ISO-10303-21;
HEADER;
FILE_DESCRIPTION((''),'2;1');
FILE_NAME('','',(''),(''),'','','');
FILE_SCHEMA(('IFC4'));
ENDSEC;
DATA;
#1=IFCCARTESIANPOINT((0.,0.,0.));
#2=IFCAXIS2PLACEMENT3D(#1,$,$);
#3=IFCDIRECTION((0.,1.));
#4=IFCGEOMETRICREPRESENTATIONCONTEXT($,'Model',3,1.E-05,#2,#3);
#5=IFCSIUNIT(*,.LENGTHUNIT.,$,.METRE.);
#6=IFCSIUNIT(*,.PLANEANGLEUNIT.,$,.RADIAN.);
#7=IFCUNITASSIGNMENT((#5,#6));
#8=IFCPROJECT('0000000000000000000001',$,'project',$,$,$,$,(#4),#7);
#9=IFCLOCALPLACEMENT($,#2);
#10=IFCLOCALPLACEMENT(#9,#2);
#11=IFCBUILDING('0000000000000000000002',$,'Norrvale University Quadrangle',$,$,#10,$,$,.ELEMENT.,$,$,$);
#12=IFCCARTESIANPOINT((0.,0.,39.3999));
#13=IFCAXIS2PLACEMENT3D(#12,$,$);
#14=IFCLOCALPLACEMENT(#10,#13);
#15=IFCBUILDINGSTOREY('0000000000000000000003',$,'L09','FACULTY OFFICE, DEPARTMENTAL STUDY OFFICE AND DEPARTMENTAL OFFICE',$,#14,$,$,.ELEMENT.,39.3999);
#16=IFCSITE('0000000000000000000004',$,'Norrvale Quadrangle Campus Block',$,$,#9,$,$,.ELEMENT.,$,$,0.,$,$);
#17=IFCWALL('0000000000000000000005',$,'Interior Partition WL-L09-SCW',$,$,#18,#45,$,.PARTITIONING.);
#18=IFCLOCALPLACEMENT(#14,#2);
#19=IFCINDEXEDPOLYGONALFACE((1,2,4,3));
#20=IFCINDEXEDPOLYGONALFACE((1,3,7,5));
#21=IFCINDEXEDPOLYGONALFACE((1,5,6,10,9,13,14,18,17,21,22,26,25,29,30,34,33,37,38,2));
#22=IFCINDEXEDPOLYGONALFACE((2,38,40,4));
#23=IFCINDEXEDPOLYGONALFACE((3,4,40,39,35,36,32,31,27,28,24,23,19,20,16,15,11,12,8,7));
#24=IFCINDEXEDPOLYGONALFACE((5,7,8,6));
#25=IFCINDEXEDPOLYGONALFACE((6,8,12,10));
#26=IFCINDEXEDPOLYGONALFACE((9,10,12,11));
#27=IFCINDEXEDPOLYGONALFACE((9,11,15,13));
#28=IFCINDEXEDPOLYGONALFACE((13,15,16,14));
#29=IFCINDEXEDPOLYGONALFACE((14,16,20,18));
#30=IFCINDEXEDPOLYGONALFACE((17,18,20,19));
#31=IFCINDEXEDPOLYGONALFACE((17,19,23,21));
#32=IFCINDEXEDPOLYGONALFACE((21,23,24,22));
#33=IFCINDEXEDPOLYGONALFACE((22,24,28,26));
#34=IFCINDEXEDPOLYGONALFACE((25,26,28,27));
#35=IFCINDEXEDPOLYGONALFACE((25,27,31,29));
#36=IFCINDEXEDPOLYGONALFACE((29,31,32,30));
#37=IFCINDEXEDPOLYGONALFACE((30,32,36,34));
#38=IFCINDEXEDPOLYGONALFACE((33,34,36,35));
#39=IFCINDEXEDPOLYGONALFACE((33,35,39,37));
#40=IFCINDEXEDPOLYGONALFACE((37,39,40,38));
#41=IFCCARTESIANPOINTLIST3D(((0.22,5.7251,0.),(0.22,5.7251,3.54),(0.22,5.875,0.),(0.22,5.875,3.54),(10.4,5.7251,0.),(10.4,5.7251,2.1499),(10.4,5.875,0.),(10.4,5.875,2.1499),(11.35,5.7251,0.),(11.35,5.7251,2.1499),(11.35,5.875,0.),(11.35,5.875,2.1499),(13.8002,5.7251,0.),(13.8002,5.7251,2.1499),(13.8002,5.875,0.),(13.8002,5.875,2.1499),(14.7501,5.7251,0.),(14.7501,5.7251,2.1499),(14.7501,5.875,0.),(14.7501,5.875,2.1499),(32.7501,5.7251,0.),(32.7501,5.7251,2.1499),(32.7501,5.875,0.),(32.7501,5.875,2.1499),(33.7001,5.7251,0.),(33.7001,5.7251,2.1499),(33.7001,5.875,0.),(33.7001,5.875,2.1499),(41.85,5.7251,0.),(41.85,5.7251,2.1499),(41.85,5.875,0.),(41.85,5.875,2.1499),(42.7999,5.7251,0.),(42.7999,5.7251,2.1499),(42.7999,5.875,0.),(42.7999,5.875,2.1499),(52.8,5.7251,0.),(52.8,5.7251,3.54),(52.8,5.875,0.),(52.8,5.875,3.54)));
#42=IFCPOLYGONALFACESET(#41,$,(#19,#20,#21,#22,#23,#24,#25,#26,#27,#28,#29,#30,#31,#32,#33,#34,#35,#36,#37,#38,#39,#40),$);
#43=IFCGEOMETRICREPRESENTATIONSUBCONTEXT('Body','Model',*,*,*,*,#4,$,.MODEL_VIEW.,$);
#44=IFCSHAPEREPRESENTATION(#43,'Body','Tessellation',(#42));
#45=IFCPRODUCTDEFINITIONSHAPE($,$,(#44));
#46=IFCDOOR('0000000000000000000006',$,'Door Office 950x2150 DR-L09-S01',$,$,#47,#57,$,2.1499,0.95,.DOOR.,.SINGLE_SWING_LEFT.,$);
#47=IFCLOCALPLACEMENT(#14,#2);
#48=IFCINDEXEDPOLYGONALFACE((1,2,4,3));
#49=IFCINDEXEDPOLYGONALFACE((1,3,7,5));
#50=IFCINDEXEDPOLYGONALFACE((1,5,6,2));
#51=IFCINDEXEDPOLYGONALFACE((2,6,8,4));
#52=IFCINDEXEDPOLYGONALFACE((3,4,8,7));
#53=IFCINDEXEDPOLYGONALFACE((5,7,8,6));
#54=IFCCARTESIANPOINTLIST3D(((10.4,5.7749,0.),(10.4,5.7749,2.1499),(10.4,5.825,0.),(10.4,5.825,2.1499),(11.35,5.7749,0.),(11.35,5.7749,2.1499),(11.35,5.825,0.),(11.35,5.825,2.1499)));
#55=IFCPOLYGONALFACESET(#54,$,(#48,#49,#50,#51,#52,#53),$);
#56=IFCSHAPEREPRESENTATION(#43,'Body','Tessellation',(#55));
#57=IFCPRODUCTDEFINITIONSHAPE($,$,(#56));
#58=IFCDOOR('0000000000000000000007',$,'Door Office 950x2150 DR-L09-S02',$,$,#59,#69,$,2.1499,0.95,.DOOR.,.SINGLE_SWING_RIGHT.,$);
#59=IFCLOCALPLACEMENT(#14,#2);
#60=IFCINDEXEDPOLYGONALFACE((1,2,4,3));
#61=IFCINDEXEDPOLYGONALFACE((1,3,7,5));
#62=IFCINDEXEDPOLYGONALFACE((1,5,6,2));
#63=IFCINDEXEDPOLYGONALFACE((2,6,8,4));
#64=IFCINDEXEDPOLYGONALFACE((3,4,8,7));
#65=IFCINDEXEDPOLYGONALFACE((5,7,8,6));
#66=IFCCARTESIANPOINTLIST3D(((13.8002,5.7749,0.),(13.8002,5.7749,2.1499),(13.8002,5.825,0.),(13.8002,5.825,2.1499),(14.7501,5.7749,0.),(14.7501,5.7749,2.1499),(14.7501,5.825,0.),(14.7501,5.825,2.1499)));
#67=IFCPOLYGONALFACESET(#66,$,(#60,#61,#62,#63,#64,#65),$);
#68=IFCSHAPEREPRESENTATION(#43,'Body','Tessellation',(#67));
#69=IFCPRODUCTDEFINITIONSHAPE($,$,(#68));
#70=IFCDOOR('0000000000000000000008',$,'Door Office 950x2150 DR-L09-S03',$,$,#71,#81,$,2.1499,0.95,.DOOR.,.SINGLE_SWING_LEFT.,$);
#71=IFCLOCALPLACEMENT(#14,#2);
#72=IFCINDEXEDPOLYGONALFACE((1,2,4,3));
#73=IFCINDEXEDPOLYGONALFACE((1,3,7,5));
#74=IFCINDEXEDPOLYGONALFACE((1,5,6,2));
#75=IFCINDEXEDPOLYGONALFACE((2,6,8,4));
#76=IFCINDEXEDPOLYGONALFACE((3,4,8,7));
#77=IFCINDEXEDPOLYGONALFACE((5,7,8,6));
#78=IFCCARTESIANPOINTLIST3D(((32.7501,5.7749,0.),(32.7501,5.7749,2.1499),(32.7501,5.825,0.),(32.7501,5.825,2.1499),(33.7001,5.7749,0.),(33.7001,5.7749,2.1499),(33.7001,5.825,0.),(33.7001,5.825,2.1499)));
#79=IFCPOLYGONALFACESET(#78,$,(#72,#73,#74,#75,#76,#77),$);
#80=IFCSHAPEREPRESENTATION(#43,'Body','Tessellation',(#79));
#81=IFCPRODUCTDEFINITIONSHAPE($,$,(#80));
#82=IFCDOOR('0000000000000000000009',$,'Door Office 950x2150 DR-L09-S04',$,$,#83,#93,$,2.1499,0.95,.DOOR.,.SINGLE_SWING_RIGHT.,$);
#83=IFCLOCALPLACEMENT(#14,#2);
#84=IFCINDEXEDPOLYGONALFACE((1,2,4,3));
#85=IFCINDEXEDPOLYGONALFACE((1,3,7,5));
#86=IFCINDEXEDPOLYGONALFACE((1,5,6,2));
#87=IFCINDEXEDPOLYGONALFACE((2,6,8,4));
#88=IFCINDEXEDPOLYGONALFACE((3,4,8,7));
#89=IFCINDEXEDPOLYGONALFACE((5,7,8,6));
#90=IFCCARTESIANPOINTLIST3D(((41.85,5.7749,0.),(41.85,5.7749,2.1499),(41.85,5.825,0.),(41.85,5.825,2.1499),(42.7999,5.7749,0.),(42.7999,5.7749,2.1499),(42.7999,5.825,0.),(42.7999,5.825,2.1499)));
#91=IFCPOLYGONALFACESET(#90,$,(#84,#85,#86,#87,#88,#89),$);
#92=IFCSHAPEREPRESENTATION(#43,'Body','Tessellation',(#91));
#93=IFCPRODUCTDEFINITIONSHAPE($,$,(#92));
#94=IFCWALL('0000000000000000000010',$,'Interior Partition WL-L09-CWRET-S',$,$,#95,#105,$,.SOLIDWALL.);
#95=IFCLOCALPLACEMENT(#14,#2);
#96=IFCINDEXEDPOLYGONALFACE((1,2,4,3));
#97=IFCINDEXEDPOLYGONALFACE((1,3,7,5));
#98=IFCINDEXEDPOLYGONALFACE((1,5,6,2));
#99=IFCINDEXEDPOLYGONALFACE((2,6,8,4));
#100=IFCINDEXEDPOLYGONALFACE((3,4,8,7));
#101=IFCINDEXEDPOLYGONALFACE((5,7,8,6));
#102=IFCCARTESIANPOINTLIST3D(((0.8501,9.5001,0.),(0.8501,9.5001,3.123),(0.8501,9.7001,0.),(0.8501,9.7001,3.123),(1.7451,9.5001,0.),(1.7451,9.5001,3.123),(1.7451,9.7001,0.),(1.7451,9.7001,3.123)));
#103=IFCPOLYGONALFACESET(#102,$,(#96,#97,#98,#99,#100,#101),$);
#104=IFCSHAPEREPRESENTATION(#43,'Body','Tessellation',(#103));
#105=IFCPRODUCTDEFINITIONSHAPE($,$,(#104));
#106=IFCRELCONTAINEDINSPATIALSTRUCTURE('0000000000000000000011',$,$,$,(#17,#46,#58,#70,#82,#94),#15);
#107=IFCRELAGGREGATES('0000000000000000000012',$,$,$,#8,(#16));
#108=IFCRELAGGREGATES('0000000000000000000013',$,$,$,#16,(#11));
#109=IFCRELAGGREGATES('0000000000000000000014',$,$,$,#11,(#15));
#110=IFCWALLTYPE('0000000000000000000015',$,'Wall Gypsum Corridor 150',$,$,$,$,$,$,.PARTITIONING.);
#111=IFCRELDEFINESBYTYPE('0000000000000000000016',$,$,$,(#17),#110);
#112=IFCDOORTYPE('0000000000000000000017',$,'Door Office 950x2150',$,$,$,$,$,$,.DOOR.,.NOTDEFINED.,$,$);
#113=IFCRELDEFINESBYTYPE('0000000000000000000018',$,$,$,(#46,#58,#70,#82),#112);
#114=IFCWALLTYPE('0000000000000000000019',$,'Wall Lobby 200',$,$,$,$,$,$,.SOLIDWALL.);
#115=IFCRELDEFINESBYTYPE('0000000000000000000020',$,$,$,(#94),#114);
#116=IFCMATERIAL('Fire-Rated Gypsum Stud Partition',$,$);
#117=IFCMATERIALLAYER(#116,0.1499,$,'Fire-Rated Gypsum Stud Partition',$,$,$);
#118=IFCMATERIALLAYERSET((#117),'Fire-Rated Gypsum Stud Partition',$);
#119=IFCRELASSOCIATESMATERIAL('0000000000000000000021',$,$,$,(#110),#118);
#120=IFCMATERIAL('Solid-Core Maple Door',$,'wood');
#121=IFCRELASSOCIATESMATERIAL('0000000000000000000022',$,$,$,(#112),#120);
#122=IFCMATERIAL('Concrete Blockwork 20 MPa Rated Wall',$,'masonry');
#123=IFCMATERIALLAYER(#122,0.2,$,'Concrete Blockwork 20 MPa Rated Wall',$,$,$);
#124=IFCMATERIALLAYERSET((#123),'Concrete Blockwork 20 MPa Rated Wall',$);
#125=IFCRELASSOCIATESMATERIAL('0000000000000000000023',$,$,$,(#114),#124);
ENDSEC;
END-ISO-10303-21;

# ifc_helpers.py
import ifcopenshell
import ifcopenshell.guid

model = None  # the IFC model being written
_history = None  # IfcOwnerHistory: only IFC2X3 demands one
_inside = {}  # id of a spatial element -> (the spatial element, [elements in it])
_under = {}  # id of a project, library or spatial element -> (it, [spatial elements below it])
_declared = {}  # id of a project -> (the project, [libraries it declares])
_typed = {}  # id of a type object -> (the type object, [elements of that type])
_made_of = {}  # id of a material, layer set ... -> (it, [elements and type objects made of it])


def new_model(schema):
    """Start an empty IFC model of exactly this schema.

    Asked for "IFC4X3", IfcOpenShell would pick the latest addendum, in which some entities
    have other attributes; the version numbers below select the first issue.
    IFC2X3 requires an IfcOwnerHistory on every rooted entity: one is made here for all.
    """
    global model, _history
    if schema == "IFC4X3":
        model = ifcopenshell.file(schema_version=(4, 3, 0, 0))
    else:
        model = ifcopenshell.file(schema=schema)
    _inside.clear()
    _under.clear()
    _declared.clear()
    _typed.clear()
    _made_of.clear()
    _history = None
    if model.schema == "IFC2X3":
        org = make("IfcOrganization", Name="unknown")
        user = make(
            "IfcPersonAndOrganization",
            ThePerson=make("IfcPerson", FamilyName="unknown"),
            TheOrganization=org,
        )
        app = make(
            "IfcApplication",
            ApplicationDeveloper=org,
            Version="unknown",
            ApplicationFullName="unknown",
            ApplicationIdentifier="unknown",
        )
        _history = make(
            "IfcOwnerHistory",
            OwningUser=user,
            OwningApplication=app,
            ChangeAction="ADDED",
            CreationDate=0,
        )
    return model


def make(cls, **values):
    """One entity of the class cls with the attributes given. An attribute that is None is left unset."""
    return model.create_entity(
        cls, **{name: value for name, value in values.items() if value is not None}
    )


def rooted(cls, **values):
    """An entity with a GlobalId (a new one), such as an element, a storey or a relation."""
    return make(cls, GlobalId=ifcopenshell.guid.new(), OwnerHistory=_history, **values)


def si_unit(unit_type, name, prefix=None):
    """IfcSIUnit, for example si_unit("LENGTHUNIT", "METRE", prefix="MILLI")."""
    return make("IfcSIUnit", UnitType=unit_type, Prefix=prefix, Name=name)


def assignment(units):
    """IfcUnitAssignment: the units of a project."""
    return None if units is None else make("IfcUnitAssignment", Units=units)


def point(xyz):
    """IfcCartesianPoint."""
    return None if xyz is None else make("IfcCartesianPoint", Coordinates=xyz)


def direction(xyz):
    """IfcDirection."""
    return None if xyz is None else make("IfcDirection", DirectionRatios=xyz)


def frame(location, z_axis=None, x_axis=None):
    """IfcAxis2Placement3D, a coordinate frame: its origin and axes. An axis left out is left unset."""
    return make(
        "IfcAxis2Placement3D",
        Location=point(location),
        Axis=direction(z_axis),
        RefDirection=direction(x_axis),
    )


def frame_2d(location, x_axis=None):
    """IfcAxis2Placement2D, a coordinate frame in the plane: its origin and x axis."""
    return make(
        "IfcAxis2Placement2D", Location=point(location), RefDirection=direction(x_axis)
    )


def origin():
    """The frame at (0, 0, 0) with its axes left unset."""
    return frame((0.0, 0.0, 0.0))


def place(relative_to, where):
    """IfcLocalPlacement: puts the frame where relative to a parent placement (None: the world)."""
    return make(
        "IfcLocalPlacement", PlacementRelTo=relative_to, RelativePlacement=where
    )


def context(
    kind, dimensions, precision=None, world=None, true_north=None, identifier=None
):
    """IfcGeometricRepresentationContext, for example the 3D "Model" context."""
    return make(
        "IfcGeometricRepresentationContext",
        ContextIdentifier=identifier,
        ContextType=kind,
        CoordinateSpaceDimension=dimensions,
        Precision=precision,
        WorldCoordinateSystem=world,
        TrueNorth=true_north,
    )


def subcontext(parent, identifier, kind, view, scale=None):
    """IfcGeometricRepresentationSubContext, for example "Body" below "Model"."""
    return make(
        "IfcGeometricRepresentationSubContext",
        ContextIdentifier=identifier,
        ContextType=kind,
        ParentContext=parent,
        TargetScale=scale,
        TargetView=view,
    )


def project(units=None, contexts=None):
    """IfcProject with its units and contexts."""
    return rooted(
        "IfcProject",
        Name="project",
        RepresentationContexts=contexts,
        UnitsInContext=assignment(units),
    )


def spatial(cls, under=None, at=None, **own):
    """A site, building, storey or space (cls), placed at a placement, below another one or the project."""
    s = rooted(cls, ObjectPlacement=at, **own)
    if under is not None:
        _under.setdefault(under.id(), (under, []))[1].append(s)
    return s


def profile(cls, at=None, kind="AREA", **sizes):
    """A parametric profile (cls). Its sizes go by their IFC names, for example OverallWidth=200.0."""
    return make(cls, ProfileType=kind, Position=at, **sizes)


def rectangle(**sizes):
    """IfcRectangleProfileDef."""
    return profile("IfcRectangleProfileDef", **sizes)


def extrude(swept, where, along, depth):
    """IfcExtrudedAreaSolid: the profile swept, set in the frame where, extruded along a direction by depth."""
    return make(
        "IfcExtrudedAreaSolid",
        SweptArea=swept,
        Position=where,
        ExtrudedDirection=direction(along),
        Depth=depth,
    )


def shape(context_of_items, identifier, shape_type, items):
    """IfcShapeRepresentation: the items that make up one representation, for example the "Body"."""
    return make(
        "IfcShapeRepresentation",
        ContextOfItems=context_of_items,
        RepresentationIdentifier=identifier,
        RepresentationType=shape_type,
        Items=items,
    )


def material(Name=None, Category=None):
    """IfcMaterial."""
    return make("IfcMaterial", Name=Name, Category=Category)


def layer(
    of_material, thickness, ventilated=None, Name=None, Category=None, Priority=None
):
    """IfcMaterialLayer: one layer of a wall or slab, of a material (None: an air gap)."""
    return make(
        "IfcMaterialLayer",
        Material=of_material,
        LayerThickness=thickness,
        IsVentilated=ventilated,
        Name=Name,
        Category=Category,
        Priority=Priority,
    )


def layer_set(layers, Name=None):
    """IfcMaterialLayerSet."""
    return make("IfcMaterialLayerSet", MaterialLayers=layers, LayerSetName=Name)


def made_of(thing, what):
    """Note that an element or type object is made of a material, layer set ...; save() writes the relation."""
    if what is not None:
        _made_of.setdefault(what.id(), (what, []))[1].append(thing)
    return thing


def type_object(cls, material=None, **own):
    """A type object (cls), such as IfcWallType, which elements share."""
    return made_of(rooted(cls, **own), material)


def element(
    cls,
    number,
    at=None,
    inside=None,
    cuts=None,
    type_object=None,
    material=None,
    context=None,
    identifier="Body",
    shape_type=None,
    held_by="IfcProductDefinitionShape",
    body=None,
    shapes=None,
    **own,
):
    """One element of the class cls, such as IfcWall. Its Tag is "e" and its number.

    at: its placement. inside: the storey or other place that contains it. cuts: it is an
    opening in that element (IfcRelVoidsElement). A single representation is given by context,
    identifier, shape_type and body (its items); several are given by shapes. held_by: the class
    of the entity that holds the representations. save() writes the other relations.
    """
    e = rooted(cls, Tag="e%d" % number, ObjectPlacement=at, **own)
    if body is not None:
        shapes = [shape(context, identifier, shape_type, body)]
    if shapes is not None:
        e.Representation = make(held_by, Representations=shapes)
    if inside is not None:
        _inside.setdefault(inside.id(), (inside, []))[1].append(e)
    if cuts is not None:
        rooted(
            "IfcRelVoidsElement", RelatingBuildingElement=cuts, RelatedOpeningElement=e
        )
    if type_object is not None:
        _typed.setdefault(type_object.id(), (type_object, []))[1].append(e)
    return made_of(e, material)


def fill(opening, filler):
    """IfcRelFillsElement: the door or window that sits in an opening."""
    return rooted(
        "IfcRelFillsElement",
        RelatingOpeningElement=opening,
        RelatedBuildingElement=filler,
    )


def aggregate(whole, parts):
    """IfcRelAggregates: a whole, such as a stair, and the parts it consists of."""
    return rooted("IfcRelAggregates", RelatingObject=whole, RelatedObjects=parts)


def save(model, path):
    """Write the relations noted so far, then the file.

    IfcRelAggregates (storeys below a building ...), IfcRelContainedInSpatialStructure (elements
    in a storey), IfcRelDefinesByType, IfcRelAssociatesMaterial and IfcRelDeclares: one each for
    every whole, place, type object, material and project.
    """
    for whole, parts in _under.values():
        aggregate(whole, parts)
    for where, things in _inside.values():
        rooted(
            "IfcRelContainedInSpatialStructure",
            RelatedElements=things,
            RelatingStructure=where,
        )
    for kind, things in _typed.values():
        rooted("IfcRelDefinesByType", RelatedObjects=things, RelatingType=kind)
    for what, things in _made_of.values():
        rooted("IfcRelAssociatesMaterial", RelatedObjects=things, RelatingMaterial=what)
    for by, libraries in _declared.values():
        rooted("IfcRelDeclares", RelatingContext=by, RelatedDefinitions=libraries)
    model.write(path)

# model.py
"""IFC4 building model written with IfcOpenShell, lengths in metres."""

from ifc_helpers import new_model, si_unit, direction, frame, frame_2d, origin, place, context, subcontext, project, spatial, rectangle, extrude, material, layer, layer_set, type_object, element, fill, save


model = new_model("IFC4")

# Units and contexts
model_context = context("Model", 3, precision=1e-05, world=origin(), true_north=direction((0.0, 1.0)))
body_context = subcontext(model_context, "Body", "Model", "MODEL_VIEW")
ifc_project = project(units=[si_unit("LENGTHUNIT", "METRE"), si_unit("PLANEANGLEUNIT", "RADIAN")], contexts=[model_context])

# Site, building, storey
site_placement = place(None, origin())
site = spatial("IfcSite", under=ifc_project, at=site_placement, Name="Norrvale Quadrangle Campus Block", CompositionType="ELEMENT", RefElevation=0.0)
building_placement = place(site_placement, origin())
building = spatial("IfcBuilding", under=site, at=building_placement, Name="Norrvale University Quadrangle", CompositionType="ELEMENT")
storey_placement = place(building_placement, frame((0.0, 0.0, 39.3999)))
storey = spatial("IfcBuildingStorey", under=building, at=storey_placement, Name="L09", Description="FACULTY OFFICE, DEPARTMENTAL STUDY OFFICE AND DEPARTMENTAL OFFICE", CompositionType="ELEMENT", Elevation=39.3999)

# Wall, openings, doors
ifc_material_1 = material(Name="Fire-Rated Gypsum Stud Partition")
ifc_layer_1 = layer(ifc_material_1, 0.1499, Name="Fire-Rated Gypsum Stud Partition")
ifc_layer_set_1 = layer_set([ifc_layer_1], Name="Fire-Rated Gypsum Stud Partition")
wall_type_1 = type_object("IfcWallType", Name="Wall Gypsum Corridor 150", PredefinedType="PARTITIONING", material=ifc_layer_set_1)
wall_1_placement = place(storey_placement, frame((0.22, 5.8, 0.0), z_axis=(0.0, 0.0, 1.0), x_axis=(1.0, 0.0, 0.0)))
wall_1 = element("IfcWall", 1, at=wall_1_placement, inside=storey, type_object=wall_type_1, Name="Interior Partition WL-L09-SCW", PredefinedType="PARTITIONING", context=body_context, shape_type="SweptSolid", body=[
    extrude(rectangle(XDim=52.5801, YDim=0.1499, at=frame_2d((26.29, 0.0))), origin(), (0.0, 0.0, 1.0), 3.54),
])
opening_1_placement = place(wall_1_placement, frame((10.1799, 0.0, 0.0)))
opening_1 = element("IfcOpeningElement", 2, at=opening_1_placement, cuts=wall_1, PredefinedType="OPENING", context=body_context, shape_type="SweptSolid", body=[
    extrude(rectangle(XDim=0.95, YDim=2.1499, at=frame_2d((0.4751, 1.075))), frame((0.0, 0.0869, 0.0), z_axis=(0.0, -1.0, 0.0), x_axis=(1.0, 0.0, 0.0)), (0.0, 0.0, 1.0), 0.1738),
])
opening_2_placement = place(wall_1_placement, frame((13.5801, 0.0, 0.0)))
opening_2 = element("IfcOpeningElement", 3, at=opening_2_placement, cuts=wall_1, PredefinedType="OPENING", context=body_context, shape_type="SweptSolid", body=[
    extrude(rectangle(XDim=0.95, YDim=2.1499, at=frame_2d((0.4751, 1.075))), frame((0.0, 0.0869, 0.0), z_axis=(0.0, -1.0, 0.0), x_axis=(1.0, 0.0, 0.0)), (0.0, 0.0, 1.0), 0.1738),
])
opening_3_placement = place(wall_1_placement, frame((32.53, 0.0, 0.0)))
opening_3 = element("IfcOpeningElement", 4, at=opening_3_placement, cuts=wall_1, PredefinedType="OPENING", context=body_context, shape_type="SweptSolid", body=[
    extrude(rectangle(XDim=0.95, YDim=2.1499, at=frame_2d((0.4751, 1.075))), frame((0.0, 0.0869, 0.0), z_axis=(0.0, -1.0, 0.0), x_axis=(1.0, 0.0, 0.0)), (0.0, 0.0, 1.0), 0.1738),
])
opening_4_placement = place(wall_1_placement, frame((41.6299, 0.0, 0.0)))
opening_4 = element("IfcOpeningElement", 5, at=opening_4_placement, cuts=wall_1, PredefinedType="OPENING", context=body_context, shape_type="SweptSolid", body=[
    extrude(rectangle(XDim=0.95, YDim=2.1499, at=frame_2d((0.4751, 1.075))), frame((0.0, 0.0869, 0.0), z_axis=(0.0, -1.0, 0.0), x_axis=(1.0, 0.0, 0.0)), (0.0, 0.0, 1.0), 0.1738),
])
ifc_material_2 = material(Name="Solid-Core Maple Door", Category="wood")
door_type = type_object("IfcDoorType", Name="Door Office 950x2150", OperationType="NOTDEFINED", PredefinedType="DOOR", material=ifc_material_2)
door_1_placement = place(opening_1_placement, origin())
door_1 = element("IfcDoor", 6, at=door_1_placement, inside=storey, type_object=door_type, Name="Door Office 950x2150 DR-L09-S01", OperationType="SINGLE_SWING_LEFT", OverallHeight=2.1499, OverallWidth=0.95, PredefinedType="DOOR", context=body_context, shape_type="SweptSolid", body=[
    extrude(rectangle(XDim=0.95, YDim=2.1499, at=frame_2d((0.4751, 1.075))), frame((0.0, 0.0249, 0.0), z_axis=(0.0, -1.0, 0.0), x_axis=(1.0, 0.0, 0.0)), (0.0, 0.0, 1.0), 0.05),
])
fill(opening_1, door_1)
door_2_placement = place(opening_2_placement, origin())
door_2 = element("IfcDoor", 7, at=door_2_placement, inside=storey, type_object=door_type, Name="Door Office 950x2150 DR-L09-S02", OperationType="SINGLE_SWING_RIGHT", OverallHeight=2.1499, OverallWidth=0.95, PredefinedType="DOOR", context=body_context, shape_type="SweptSolid", body=[
    extrude(rectangle(XDim=0.95, YDim=2.1499, at=frame_2d((0.4751, 1.075))), frame((0.0, 0.0249, 0.0), z_axis=(0.0, -1.0, 0.0), x_axis=(1.0, 0.0, 0.0)), (0.0, 0.0, 1.0), 0.05),
])
fill(opening_2, door_2)
door_3_placement = place(opening_3_placement, origin())
door_3 = element("IfcDoor", 8, at=door_3_placement, inside=storey, type_object=door_type, Name="Door Office 950x2150 DR-L09-S03", OperationType="SINGLE_SWING_LEFT", OverallHeight=2.1499, OverallWidth=0.95, PredefinedType="DOOR", context=body_context, shape_type="SweptSolid", body=[
    extrude(rectangle(XDim=0.95, YDim=2.1499, at=frame_2d((0.4751, 1.075))), frame((0.0, 0.0249, 0.0), z_axis=(0.0, -1.0, 0.0), x_axis=(1.0, 0.0, 0.0)), (0.0, 0.0, 1.0), 0.05),
])
fill(opening_3, door_3)
door_4_placement = place(opening_4_placement, origin())
door_4 = element("IfcDoor", 9, at=door_4_placement, inside=storey, type_object=door_type, Name="Door Office 950x2150 DR-L09-S04", OperationType="SINGLE_SWING_RIGHT", OverallHeight=2.1499, OverallWidth=0.95, PredefinedType="DOOR", context=body_context, shape_type="SweptSolid", body=[
    extrude(rectangle(XDim=0.95, YDim=2.1499, at=frame_2d((0.4751, 1.075))), frame((0.0, 0.0249, 0.0), z_axis=(0.0, -1.0, 0.0), x_axis=(1.0, 0.0, 0.0)), (0.0, 0.0, 1.0), 0.05),
])
fill(opening_4, door_4)

# Wall
ifc_material_3 = material(Name="Concrete Blockwork 20 MPa Rated Wall", Category="masonry")
ifc_layer_2 = layer(ifc_material_3, 0.2, Name="Concrete Blockwork 20 MPa Rated Wall")
ifc_layer_set_2 = layer_set([ifc_layer_2], Name="Concrete Blockwork 20 MPa Rated Wall")
wall_type_2 = type_object("IfcWallType", Name="Wall Lobby 200", PredefinedType="SOLIDWALL", material=ifc_layer_set_2)
wall_2_placement = place(storey_placement, frame((0.8501, 9.6001, 0.0), z_axis=(0.0, 0.0, 1.0), x_axis=(1.0, 0.0, 0.0)))
element("IfcWall", 10, at=wall_2_placement, inside=storey, type_object=wall_type_2, Name="Interior Partition WL-L09-CWRET-S", PredefinedType="SOLIDWALL", context=body_context, shape_type="SweptSolid", body=[
    extrude(rectangle(XDim=0.895, YDim=0.2, at=frame_2d((0.4475, 0.0))), origin(), (0.0, 0.0, 1.0), 3.123),
])

save(model, "model.ifc")
